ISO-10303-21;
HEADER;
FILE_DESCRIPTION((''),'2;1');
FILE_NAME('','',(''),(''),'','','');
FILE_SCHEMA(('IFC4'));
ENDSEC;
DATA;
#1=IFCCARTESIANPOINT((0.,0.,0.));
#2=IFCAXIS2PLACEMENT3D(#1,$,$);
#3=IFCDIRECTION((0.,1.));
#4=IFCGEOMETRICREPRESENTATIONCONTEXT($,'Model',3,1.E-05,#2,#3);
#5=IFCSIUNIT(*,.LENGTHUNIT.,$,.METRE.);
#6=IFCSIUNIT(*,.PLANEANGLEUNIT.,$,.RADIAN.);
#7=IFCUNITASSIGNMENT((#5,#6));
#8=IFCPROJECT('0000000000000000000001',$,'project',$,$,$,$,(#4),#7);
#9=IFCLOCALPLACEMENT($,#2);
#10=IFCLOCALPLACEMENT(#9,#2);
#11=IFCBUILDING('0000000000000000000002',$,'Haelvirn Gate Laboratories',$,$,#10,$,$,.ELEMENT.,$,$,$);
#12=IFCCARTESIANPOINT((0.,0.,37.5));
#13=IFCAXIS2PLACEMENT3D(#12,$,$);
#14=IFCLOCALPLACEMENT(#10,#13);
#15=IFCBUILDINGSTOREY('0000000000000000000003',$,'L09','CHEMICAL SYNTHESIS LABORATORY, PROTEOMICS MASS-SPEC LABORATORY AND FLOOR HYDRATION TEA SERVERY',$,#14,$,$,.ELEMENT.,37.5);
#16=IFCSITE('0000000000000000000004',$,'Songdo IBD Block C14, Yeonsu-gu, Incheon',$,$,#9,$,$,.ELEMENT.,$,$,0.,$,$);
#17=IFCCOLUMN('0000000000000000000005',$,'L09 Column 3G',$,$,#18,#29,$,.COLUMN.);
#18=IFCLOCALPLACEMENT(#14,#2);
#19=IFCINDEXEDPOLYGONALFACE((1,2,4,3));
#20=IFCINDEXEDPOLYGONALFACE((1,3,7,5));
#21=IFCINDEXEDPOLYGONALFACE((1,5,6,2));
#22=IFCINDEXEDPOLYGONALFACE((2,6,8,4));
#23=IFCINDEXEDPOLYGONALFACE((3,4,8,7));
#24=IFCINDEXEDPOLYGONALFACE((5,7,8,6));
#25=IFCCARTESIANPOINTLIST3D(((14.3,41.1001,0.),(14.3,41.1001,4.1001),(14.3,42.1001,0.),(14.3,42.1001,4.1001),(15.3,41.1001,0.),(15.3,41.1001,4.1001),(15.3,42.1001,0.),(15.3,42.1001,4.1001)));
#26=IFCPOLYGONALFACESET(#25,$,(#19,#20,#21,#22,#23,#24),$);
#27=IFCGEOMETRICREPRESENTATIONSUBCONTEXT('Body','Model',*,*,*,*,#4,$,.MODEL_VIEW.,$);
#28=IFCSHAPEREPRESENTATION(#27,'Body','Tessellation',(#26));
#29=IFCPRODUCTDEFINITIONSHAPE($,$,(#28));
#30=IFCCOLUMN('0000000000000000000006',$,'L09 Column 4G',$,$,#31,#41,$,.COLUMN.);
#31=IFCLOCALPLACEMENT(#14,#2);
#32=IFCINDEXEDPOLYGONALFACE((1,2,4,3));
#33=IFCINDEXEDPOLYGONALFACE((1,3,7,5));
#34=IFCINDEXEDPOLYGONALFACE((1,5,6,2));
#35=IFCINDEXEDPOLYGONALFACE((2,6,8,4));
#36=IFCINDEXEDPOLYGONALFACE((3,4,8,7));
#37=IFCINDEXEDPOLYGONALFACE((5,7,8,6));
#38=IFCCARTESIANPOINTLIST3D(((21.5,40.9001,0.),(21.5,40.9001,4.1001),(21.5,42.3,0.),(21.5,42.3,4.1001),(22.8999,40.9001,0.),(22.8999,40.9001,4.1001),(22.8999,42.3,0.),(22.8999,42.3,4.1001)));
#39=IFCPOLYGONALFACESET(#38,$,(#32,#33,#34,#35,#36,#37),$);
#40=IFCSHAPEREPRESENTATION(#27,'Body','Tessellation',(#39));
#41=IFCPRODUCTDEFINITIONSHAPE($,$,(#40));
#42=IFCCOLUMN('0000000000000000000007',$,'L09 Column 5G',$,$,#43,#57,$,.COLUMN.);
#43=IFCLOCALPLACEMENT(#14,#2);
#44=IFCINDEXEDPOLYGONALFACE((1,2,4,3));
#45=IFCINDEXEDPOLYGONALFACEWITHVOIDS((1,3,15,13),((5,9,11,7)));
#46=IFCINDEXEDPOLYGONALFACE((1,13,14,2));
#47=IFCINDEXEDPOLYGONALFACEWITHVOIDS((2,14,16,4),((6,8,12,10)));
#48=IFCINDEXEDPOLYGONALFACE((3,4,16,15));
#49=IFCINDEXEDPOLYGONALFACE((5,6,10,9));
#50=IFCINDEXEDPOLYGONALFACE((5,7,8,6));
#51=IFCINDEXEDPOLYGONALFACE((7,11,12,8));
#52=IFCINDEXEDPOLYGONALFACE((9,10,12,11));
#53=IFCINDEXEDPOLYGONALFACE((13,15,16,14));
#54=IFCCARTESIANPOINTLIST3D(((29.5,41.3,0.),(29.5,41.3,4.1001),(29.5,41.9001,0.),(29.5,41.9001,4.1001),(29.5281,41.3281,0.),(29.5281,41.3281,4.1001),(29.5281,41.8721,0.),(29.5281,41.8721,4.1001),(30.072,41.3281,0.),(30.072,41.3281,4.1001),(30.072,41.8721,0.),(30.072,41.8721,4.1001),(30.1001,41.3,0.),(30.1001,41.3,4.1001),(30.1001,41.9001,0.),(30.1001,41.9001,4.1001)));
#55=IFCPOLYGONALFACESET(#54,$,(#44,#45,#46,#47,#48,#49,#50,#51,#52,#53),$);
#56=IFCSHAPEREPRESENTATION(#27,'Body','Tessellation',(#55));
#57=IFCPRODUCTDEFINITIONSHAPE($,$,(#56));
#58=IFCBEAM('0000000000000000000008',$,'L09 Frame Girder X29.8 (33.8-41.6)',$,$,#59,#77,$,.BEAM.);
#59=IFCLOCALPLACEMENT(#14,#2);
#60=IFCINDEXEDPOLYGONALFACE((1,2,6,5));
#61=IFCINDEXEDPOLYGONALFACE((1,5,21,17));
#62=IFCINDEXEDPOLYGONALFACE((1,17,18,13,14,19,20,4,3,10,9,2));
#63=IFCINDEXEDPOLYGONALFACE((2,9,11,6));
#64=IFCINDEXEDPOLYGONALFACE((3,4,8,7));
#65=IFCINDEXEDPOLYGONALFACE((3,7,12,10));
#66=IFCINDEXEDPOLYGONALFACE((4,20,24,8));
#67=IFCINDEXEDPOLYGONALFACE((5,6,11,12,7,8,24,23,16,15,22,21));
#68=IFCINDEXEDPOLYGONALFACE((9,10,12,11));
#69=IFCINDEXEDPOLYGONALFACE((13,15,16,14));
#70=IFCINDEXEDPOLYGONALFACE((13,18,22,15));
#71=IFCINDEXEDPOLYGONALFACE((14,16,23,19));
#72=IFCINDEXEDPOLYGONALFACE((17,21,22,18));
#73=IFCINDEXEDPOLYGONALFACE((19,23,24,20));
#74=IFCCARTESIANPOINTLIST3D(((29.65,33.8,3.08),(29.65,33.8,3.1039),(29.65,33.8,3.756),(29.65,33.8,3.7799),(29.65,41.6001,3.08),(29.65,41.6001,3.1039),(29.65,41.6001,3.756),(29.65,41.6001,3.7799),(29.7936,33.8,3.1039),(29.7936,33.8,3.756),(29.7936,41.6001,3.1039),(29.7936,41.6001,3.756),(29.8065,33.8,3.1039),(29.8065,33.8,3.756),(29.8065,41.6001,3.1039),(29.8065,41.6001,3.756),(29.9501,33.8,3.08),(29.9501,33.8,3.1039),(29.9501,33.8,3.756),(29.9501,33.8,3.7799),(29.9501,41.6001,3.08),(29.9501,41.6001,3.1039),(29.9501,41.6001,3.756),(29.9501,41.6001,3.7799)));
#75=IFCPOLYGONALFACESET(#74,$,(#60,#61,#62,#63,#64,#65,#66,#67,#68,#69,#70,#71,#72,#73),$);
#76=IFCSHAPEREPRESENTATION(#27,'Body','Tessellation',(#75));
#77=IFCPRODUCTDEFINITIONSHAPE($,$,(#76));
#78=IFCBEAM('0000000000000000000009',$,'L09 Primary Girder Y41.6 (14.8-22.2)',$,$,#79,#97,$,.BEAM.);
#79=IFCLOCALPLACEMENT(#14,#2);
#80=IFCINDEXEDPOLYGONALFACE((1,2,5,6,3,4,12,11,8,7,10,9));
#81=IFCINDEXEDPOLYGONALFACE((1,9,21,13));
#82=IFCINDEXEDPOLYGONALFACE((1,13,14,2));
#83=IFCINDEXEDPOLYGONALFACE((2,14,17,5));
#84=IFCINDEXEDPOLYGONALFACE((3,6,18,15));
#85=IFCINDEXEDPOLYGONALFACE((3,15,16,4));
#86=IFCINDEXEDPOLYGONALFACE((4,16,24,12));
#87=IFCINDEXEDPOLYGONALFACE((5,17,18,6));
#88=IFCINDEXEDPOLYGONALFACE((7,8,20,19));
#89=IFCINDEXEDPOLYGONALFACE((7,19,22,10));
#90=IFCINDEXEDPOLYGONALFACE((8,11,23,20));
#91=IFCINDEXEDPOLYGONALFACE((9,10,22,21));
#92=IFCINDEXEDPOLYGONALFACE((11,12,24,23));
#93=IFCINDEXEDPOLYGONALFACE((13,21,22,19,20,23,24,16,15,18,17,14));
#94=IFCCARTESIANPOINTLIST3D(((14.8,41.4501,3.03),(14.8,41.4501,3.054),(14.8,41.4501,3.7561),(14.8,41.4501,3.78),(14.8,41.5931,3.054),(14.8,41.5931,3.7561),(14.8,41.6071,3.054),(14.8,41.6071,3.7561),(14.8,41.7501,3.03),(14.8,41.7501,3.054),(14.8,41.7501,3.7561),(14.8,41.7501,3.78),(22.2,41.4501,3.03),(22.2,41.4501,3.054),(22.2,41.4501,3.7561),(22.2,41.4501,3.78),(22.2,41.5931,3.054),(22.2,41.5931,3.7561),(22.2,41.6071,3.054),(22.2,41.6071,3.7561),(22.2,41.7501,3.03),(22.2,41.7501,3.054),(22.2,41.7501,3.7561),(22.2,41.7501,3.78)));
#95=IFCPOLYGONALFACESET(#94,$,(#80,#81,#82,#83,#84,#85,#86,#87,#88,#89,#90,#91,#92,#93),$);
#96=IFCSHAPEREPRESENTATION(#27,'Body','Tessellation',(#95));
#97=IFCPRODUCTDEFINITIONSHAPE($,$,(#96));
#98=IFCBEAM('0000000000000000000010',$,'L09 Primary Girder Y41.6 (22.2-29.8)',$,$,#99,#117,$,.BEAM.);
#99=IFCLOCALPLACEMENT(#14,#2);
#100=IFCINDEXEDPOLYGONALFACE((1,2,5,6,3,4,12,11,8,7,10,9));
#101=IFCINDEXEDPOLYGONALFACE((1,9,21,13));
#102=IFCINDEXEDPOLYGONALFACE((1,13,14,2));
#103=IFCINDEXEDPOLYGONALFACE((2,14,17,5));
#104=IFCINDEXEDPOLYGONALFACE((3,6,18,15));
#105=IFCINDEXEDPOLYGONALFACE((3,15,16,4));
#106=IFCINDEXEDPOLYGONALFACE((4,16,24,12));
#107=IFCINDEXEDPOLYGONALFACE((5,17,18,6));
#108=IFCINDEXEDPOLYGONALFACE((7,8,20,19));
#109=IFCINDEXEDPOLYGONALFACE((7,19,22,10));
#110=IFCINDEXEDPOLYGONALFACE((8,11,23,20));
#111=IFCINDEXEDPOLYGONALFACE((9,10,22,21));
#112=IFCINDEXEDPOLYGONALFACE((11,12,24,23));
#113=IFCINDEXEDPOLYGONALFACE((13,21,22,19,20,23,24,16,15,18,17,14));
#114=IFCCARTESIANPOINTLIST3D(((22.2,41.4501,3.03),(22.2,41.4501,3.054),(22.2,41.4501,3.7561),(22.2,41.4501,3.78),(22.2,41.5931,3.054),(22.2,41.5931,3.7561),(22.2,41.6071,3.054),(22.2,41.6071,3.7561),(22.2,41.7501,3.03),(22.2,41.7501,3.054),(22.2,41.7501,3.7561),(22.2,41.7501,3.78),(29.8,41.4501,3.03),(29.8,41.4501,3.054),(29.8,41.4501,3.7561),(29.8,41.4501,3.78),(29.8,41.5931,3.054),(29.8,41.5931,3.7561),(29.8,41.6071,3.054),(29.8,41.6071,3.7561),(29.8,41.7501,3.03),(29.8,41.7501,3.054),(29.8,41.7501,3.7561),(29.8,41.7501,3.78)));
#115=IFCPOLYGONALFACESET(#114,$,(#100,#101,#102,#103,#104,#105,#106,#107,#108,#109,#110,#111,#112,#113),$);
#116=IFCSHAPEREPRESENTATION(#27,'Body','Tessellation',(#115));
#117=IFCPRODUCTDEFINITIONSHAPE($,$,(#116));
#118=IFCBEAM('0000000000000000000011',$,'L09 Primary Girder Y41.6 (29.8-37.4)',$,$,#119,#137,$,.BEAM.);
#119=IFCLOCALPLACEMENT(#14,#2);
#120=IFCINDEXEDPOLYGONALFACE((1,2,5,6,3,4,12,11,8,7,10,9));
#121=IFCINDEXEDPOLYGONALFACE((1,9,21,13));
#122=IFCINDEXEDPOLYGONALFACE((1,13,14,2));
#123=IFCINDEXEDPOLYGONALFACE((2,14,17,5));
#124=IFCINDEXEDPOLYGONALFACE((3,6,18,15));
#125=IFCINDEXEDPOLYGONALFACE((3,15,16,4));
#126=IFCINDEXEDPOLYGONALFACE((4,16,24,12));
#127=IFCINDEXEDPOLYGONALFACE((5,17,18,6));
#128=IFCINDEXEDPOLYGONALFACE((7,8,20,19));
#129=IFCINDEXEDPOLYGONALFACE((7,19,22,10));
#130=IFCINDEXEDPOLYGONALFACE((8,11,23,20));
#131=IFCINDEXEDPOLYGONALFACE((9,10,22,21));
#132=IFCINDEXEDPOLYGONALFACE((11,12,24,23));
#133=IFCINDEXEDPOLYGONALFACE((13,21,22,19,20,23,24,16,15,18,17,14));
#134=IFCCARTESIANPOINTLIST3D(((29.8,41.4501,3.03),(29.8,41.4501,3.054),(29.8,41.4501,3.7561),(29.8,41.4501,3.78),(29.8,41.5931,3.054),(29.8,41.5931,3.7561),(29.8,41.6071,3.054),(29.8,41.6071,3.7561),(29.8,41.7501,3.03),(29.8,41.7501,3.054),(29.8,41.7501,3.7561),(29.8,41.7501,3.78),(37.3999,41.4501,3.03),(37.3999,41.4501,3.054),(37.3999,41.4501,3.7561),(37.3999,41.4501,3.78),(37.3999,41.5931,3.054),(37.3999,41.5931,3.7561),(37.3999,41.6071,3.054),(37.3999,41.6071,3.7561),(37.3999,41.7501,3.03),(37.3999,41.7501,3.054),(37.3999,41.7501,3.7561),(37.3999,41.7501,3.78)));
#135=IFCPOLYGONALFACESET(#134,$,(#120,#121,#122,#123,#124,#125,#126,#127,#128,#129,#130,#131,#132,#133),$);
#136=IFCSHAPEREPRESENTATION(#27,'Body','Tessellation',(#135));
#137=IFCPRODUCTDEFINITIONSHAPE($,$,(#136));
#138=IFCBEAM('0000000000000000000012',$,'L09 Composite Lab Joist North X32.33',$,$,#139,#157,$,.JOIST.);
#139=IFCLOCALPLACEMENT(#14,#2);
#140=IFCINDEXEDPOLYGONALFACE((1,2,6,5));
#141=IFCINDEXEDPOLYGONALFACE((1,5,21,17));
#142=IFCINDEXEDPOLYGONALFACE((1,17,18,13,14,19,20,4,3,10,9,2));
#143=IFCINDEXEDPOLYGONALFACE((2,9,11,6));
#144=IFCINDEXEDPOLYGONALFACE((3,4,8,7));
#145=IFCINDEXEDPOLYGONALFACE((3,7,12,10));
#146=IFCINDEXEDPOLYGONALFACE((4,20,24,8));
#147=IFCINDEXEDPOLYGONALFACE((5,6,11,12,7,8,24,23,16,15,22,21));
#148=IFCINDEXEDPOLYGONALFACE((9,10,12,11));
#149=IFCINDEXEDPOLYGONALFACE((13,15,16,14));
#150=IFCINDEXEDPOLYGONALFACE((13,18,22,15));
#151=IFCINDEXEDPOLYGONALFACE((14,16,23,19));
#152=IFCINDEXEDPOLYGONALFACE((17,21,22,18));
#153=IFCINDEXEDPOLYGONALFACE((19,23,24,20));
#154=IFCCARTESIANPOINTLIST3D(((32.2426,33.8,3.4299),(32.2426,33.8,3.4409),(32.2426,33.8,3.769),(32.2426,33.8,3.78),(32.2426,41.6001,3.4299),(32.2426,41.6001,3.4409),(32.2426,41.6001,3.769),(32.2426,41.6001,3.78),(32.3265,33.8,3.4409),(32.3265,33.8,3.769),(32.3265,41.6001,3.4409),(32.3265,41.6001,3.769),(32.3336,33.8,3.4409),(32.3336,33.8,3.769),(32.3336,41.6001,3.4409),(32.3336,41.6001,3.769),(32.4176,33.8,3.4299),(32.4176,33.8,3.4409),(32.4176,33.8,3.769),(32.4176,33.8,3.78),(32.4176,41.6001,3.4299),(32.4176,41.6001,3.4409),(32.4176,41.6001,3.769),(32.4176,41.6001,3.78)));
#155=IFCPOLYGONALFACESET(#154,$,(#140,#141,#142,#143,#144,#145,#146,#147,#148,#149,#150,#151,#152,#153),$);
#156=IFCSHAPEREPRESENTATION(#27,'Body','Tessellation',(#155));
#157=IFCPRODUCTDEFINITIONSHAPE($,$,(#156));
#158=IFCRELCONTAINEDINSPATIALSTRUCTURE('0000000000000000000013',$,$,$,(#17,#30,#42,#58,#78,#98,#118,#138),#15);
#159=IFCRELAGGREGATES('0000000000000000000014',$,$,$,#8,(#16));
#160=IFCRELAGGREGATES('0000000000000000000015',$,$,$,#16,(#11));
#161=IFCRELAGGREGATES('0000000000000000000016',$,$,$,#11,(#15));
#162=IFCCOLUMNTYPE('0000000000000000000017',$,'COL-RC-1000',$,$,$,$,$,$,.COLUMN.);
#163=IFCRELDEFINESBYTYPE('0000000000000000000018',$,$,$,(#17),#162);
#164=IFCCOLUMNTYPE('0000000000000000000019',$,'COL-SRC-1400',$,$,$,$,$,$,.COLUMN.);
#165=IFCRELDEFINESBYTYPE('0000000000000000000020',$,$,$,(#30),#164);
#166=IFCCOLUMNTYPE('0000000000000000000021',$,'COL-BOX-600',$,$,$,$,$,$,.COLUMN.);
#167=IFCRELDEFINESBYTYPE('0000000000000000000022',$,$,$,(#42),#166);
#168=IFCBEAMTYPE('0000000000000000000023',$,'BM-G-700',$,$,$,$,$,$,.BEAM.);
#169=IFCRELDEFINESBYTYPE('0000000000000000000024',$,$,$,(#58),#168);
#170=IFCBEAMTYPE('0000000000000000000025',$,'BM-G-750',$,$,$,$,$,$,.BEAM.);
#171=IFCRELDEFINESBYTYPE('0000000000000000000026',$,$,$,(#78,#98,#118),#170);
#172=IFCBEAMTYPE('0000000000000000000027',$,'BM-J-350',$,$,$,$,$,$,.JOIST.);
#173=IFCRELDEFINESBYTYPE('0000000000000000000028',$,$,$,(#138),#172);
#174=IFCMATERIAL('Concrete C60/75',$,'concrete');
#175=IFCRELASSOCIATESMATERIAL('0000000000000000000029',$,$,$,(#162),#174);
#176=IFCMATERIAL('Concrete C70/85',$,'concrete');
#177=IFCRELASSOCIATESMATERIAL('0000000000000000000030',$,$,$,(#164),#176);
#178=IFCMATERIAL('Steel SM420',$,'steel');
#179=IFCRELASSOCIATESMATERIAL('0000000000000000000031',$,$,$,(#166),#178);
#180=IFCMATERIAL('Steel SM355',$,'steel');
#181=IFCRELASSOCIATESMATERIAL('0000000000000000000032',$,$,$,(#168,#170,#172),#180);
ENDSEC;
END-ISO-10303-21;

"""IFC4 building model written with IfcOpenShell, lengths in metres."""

from ifc_helpers import new_model, si_unit, direction, frame, origin, origin_2d, place, context, subcontext, project, spatial, rectangle, hollow_rectangle, i_section, extrude, source, transform, mapped, material, material_profile, profile_set, type_object, type_shapes, element, save


model = new_model("IFC4")

# Units and contexts
model_context = context("Model", 3, precision=1e-05, world=origin(), true_north=direction((0.0, 1.0)))
body_context = subcontext(model_context, "Body", "Model", "MODEL_VIEW")
ifc_project = project(units=[si_unit("LENGTHUNIT", "METRE"), si_unit("PLANEANGLEUNIT", "RADIAN")], contexts=[model_context])

# Site, building, storey
site_placement = place(None, origin())
site = spatial("IfcSite", under=ifc_project, at=site_placement, Name="Songdo IBD Block C14, Yeonsu-gu, Incheon", CompositionType="ELEMENT", RefElevation=0.0)
building_placement = place(site_placement, origin())
building = spatial("IfcBuilding", under=site, at=building_placement, Name="Haelvirn Gate Laboratories", CompositionType="ELEMENT")
storey_placement = place(building_placement, frame((0.0, 0.0, 37.5)))
storey = spatial("IfcBuildingStorey", under=building, at=storey_placement, Name="L09", Description="CHEMICAL SYNTHESIS LABORATORY, PROTEOMICS MASS-SPEC LABORATORY AND FLOOR HYDRATION TEA SERVERY", CompositionType="ELEMENT", Elevation=37.5)

# Columns
ifc_material_1 = material(Name="Concrete C60/75", Category="concrete")
ifc_material_profile_1 = material_profile(ifc_material_1, rectangle(XDim=1.0, YDim=1.0, at=origin_2d()), Name="RC-1000x1000")
ifc_profile_set_1 = profile_set([ifc_material_profile_1], Name="Concrete C60/75")
column_type_1 = type_object("IfcColumnType", Name="COL-RC-1000", PredefinedType="COLUMN", material=ifc_profile_set_1)
shared_shape_1 = source(origin(), body_context, "Body", "SweptSolid", [
    extrude(rectangle(XDim=1.0, YDim=1.0, at=origin_2d()), origin(), (0.0, 0.0, 1.0), 4.1001),
])
type_shapes(column_type_1, [shared_shape_1])
column_1_placement = place(storey_placement, frame((14.8, 41.6001, 0.0), z_axis=(0.0, 0.0, 1.0), x_axis=(1.0, 0.0, 0.0)))
element("IfcColumn", 1, at=column_1_placement, inside=storey, type_object=column_type_1, Name="L09 Column 3G", PredefinedType="COLUMN", context=body_context, shape_type="MappedRepresentation", body=[
    mapped(shared_shape_1, transform((0.0, 0.0, 0.0), scale=1.0)),
])
ifc_material_2 = material(Name="Concrete C70/85", Category="concrete")
ifc_material_profile_2 = material_profile(ifc_material_2, rectangle(XDim=1.3999, YDim=1.3999, at=origin_2d()), Name="SRC-1400x1400")
ifc_profile_set_2 = profile_set([ifc_material_profile_2], Name="Concrete C70/85")
column_type_2 = type_object("IfcColumnType", Name="COL-SRC-1400", PredefinedType="COLUMN", material=ifc_profile_set_2)
shared_shape_2 = source(origin(), body_context, "Body", "SweptSolid", [
    extrude(rectangle(XDim=1.3999, YDim=1.3999, at=origin_2d()), origin(), (0.0, 0.0, 1.0), 4.1001),
])
type_shapes(column_type_2, [shared_shape_2])
column_2_placement = place(storey_placement, frame((22.2, 41.6001, 0.0), z_axis=(0.0, 0.0, 1.0), x_axis=(1.0, 0.0, 0.0)))
element("IfcColumn", 2, at=column_2_placement, inside=storey, type_object=column_type_2, Name="L09 Column 4G", PredefinedType="COLUMN", context=body_context, shape_type="MappedRepresentation", body=[
    mapped(shared_shape_2, transform((0.0, 0.0, 0.0), scale=1.0)),
])
ifc_material_3 = material(Name="Steel SM420", Category="steel")
ifc_material_profile_3 = material_profile(ifc_material_3, hollow_rectangle(XDim=0.6001, YDim=0.6001, WallThickness=0.0281, at=origin_2d()), Name="BOX-600x600x28")
ifc_profile_set_3 = profile_set([ifc_material_profile_3], Name="Steel SM420")
column_type_3 = type_object("IfcColumnType", Name="COL-BOX-600", PredefinedType="COLUMN", material=ifc_profile_set_3)
shared_shape_3 = source(origin(), body_context, "Body", "SweptSolid", [
    extrude(hollow_rectangle(XDim=0.6001, YDim=0.6001, WallThickness=0.0281, at=origin_2d()), origin(), (0.0, 0.0, 1.0), 4.1001),
])
type_shapes(column_type_3, [shared_shape_3])
column_3_placement = place(storey_placement, frame((29.8, 41.6001, 0.0), z_axis=(0.0, 0.0, 1.0), x_axis=(1.0, 0.0, 0.0)))
element("IfcColumn", 3, at=column_3_placement, inside=storey, type_object=column_type_3, Name="L09 Column 5G", PredefinedType="COLUMN", context=body_context, shape_type="MappedRepresentation", body=[
    mapped(shared_shape_3, transform((0.0, 0.0, 0.0), scale=1.0)),
])

# Beams
ifc_material_4 = material(Name="Steel SM355", Category="steel")
ifc_material_profile_4 = material_profile(ifc_material_4, i_section(OverallWidth=0.3, OverallDepth=0.7, WebThickness=0.0129, FlangeThickness=0.0239, at=origin_2d()), Name="H-700x300x13x24")
ifc_profile_set_4 = profile_set([ifc_material_profile_4], Name="Steel SM355")
beam_type_1 = type_object("IfcBeamType", Name="BM-G-700", PredefinedType="BEAM", material=ifc_profile_set_4)
shared_shape_4 = source(origin(), body_context, "Body", "SweptSolid", [
    extrude(i_section(OverallWidth=0.3, OverallDepth=0.7, WebThickness=0.0129, FlangeThickness=0.0239, at=origin_2d()), origin(), (0.0, 0.0, 1.0), 7.8),
])
type_shapes(beam_type_1, [shared_shape_4])
beam_1_placement = place(storey_placement, frame((29.8, 33.8, 3.4299), z_axis=(0.0, 1.0, 0.0), x_axis=(-1.0, 0.0, 0.0)))
element("IfcBeam", 4, at=beam_1_placement, inside=storey, type_object=beam_type_1, Name="L09 Frame Girder X29.8 (33.8-41.6)", PredefinedType="BEAM", context=body_context, shape_type="MappedRepresentation", body=[
    mapped(shared_shape_4, transform((0.0, 0.0, 0.0), scale=1.0)),
])
ifc_material_profile_5 = material_profile(ifc_material_4, i_section(OverallWidth=0.3, OverallDepth=0.75, WebThickness=0.0139, FlangeThickness=0.0239, at=origin_2d()), Name="H-750x300x14x24")
ifc_profile_set_5 = profile_set([ifc_material_profile_5], Name="Steel SM355")
beam_type_2 = type_object("IfcBeamType", Name="BM-G-750", PredefinedType="BEAM", material=ifc_profile_set_5)
shared_shape_5 = source(origin(), body_context, "Body", "SweptSolid", [
    extrude(i_section(OverallWidth=0.3, OverallDepth=0.75, WebThickness=0.0139, FlangeThickness=0.0239, at=origin_2d()), origin(), (0.0, 0.0, 1.0), 7.3999),
])
beam_2_placement = place(storey_placement, frame((14.8, 41.6001, 3.405), z_axis=(1.0, 0.0, 0.0), x_axis=(0.0, 1.0, 0.0)))
element("IfcBeam", 5, at=beam_2_placement, inside=storey, type_object=beam_type_2, Name="L09 Primary Girder Y41.6 (14.8-22.2)", PredefinedType="BEAM", context=body_context, shape_type="MappedRepresentation", body=[
    mapped(shared_shape_5, transform((0.0, 0.0, 0.0), scale=1.0)),
])
shared_shape_6 = source(origin(), body_context, "Body", "SweptSolid", [
    extrude(i_section(OverallWidth=0.3, OverallDepth=0.75, WebThickness=0.0139, FlangeThickness=0.0239, at=origin_2d()), origin(), (0.0, 0.0, 1.0), 7.6001),
])
beam_3_placement = place(storey_placement, frame((22.2, 41.6001, 3.405), z_axis=(1.0, 0.0, 0.0), x_axis=(0.0, 1.0, 0.0)))
element("IfcBeam", 6, at=beam_3_placement, inside=storey, type_object=beam_type_2, Name="L09 Primary Girder Y41.6 (22.2-29.8)", PredefinedType="BEAM", context=body_context, shape_type="MappedRepresentation", body=[
    mapped(shared_shape_6, transform((0.0, 0.0, 0.0), scale=1.0)),
])
shared_shape_7 = source(origin(), body_context, "Body", "SweptSolid", [
    extrude(i_section(OverallWidth=0.3, OverallDepth=0.75, WebThickness=0.0139, FlangeThickness=0.0239, at=origin_2d()), origin(), (0.0, 0.0, 1.0), 7.5999),
])
type_shapes(beam_type_2, [shared_shape_5, shared_shape_6, shared_shape_7])
beam_4_placement = place(storey_placement, frame((29.8, 41.6001, 3.405), z_axis=(1.0, 0.0, 0.0), x_axis=(0.0, 1.0, 0.0)))
element("IfcBeam", 7, at=beam_4_placement, inside=storey, type_object=beam_type_2, Name="L09 Primary Girder Y41.6 (29.8-37.4)", PredefinedType="BEAM", context=body_context, shape_type="MappedRepresentation", body=[
    mapped(shared_shape_7, transform((0.0, 0.0, 0.0), scale=1.0)),
])
ifc_material_profile_6 = material_profile(ifc_material_4, i_section(OverallWidth=0.175, OverallDepth=0.3501, WebThickness=0.0071, FlangeThickness=0.011, at=origin_2d()), Name="H-350x175x7x11")
ifc_profile_set_6 = profile_set([ifc_material_profile_6], Name="Steel SM355")
beam_type_3 = type_object("IfcBeamType", Name="BM-J-350", PredefinedType="JOIST", material=ifc_profile_set_6)
shared_shape_8 = source(origin(), body_context, "Body", "SweptSolid", [
    extrude(i_section(OverallWidth=0.175, OverallDepth=0.3501, WebThickness=0.0071, FlangeThickness=0.011, at=origin_2d()), origin(), (0.0, 0.0, 1.0), 7.8),
])
type_shapes(beam_type_3, [shared_shape_8])
beam_5_placement = place(storey_placement, frame((32.3301, 33.8, 3.605), z_axis=(0.0, 1.0, 0.0), x_axis=(-1.0, 0.0, 0.0)))
element("IfcBeam", 8, at=beam_5_placement, inside=storey, type_object=beam_type_3, Name="L09 Composite Lab Joist North X32.33", PredefinedType="JOIST", context=body_context, shape_type="MappedRepresentation", body=[
    mapped(shared_shape_8, transform((0.0, 0.0, 0.0), scale=1.0)),
])

save(model, "model.ifc")
